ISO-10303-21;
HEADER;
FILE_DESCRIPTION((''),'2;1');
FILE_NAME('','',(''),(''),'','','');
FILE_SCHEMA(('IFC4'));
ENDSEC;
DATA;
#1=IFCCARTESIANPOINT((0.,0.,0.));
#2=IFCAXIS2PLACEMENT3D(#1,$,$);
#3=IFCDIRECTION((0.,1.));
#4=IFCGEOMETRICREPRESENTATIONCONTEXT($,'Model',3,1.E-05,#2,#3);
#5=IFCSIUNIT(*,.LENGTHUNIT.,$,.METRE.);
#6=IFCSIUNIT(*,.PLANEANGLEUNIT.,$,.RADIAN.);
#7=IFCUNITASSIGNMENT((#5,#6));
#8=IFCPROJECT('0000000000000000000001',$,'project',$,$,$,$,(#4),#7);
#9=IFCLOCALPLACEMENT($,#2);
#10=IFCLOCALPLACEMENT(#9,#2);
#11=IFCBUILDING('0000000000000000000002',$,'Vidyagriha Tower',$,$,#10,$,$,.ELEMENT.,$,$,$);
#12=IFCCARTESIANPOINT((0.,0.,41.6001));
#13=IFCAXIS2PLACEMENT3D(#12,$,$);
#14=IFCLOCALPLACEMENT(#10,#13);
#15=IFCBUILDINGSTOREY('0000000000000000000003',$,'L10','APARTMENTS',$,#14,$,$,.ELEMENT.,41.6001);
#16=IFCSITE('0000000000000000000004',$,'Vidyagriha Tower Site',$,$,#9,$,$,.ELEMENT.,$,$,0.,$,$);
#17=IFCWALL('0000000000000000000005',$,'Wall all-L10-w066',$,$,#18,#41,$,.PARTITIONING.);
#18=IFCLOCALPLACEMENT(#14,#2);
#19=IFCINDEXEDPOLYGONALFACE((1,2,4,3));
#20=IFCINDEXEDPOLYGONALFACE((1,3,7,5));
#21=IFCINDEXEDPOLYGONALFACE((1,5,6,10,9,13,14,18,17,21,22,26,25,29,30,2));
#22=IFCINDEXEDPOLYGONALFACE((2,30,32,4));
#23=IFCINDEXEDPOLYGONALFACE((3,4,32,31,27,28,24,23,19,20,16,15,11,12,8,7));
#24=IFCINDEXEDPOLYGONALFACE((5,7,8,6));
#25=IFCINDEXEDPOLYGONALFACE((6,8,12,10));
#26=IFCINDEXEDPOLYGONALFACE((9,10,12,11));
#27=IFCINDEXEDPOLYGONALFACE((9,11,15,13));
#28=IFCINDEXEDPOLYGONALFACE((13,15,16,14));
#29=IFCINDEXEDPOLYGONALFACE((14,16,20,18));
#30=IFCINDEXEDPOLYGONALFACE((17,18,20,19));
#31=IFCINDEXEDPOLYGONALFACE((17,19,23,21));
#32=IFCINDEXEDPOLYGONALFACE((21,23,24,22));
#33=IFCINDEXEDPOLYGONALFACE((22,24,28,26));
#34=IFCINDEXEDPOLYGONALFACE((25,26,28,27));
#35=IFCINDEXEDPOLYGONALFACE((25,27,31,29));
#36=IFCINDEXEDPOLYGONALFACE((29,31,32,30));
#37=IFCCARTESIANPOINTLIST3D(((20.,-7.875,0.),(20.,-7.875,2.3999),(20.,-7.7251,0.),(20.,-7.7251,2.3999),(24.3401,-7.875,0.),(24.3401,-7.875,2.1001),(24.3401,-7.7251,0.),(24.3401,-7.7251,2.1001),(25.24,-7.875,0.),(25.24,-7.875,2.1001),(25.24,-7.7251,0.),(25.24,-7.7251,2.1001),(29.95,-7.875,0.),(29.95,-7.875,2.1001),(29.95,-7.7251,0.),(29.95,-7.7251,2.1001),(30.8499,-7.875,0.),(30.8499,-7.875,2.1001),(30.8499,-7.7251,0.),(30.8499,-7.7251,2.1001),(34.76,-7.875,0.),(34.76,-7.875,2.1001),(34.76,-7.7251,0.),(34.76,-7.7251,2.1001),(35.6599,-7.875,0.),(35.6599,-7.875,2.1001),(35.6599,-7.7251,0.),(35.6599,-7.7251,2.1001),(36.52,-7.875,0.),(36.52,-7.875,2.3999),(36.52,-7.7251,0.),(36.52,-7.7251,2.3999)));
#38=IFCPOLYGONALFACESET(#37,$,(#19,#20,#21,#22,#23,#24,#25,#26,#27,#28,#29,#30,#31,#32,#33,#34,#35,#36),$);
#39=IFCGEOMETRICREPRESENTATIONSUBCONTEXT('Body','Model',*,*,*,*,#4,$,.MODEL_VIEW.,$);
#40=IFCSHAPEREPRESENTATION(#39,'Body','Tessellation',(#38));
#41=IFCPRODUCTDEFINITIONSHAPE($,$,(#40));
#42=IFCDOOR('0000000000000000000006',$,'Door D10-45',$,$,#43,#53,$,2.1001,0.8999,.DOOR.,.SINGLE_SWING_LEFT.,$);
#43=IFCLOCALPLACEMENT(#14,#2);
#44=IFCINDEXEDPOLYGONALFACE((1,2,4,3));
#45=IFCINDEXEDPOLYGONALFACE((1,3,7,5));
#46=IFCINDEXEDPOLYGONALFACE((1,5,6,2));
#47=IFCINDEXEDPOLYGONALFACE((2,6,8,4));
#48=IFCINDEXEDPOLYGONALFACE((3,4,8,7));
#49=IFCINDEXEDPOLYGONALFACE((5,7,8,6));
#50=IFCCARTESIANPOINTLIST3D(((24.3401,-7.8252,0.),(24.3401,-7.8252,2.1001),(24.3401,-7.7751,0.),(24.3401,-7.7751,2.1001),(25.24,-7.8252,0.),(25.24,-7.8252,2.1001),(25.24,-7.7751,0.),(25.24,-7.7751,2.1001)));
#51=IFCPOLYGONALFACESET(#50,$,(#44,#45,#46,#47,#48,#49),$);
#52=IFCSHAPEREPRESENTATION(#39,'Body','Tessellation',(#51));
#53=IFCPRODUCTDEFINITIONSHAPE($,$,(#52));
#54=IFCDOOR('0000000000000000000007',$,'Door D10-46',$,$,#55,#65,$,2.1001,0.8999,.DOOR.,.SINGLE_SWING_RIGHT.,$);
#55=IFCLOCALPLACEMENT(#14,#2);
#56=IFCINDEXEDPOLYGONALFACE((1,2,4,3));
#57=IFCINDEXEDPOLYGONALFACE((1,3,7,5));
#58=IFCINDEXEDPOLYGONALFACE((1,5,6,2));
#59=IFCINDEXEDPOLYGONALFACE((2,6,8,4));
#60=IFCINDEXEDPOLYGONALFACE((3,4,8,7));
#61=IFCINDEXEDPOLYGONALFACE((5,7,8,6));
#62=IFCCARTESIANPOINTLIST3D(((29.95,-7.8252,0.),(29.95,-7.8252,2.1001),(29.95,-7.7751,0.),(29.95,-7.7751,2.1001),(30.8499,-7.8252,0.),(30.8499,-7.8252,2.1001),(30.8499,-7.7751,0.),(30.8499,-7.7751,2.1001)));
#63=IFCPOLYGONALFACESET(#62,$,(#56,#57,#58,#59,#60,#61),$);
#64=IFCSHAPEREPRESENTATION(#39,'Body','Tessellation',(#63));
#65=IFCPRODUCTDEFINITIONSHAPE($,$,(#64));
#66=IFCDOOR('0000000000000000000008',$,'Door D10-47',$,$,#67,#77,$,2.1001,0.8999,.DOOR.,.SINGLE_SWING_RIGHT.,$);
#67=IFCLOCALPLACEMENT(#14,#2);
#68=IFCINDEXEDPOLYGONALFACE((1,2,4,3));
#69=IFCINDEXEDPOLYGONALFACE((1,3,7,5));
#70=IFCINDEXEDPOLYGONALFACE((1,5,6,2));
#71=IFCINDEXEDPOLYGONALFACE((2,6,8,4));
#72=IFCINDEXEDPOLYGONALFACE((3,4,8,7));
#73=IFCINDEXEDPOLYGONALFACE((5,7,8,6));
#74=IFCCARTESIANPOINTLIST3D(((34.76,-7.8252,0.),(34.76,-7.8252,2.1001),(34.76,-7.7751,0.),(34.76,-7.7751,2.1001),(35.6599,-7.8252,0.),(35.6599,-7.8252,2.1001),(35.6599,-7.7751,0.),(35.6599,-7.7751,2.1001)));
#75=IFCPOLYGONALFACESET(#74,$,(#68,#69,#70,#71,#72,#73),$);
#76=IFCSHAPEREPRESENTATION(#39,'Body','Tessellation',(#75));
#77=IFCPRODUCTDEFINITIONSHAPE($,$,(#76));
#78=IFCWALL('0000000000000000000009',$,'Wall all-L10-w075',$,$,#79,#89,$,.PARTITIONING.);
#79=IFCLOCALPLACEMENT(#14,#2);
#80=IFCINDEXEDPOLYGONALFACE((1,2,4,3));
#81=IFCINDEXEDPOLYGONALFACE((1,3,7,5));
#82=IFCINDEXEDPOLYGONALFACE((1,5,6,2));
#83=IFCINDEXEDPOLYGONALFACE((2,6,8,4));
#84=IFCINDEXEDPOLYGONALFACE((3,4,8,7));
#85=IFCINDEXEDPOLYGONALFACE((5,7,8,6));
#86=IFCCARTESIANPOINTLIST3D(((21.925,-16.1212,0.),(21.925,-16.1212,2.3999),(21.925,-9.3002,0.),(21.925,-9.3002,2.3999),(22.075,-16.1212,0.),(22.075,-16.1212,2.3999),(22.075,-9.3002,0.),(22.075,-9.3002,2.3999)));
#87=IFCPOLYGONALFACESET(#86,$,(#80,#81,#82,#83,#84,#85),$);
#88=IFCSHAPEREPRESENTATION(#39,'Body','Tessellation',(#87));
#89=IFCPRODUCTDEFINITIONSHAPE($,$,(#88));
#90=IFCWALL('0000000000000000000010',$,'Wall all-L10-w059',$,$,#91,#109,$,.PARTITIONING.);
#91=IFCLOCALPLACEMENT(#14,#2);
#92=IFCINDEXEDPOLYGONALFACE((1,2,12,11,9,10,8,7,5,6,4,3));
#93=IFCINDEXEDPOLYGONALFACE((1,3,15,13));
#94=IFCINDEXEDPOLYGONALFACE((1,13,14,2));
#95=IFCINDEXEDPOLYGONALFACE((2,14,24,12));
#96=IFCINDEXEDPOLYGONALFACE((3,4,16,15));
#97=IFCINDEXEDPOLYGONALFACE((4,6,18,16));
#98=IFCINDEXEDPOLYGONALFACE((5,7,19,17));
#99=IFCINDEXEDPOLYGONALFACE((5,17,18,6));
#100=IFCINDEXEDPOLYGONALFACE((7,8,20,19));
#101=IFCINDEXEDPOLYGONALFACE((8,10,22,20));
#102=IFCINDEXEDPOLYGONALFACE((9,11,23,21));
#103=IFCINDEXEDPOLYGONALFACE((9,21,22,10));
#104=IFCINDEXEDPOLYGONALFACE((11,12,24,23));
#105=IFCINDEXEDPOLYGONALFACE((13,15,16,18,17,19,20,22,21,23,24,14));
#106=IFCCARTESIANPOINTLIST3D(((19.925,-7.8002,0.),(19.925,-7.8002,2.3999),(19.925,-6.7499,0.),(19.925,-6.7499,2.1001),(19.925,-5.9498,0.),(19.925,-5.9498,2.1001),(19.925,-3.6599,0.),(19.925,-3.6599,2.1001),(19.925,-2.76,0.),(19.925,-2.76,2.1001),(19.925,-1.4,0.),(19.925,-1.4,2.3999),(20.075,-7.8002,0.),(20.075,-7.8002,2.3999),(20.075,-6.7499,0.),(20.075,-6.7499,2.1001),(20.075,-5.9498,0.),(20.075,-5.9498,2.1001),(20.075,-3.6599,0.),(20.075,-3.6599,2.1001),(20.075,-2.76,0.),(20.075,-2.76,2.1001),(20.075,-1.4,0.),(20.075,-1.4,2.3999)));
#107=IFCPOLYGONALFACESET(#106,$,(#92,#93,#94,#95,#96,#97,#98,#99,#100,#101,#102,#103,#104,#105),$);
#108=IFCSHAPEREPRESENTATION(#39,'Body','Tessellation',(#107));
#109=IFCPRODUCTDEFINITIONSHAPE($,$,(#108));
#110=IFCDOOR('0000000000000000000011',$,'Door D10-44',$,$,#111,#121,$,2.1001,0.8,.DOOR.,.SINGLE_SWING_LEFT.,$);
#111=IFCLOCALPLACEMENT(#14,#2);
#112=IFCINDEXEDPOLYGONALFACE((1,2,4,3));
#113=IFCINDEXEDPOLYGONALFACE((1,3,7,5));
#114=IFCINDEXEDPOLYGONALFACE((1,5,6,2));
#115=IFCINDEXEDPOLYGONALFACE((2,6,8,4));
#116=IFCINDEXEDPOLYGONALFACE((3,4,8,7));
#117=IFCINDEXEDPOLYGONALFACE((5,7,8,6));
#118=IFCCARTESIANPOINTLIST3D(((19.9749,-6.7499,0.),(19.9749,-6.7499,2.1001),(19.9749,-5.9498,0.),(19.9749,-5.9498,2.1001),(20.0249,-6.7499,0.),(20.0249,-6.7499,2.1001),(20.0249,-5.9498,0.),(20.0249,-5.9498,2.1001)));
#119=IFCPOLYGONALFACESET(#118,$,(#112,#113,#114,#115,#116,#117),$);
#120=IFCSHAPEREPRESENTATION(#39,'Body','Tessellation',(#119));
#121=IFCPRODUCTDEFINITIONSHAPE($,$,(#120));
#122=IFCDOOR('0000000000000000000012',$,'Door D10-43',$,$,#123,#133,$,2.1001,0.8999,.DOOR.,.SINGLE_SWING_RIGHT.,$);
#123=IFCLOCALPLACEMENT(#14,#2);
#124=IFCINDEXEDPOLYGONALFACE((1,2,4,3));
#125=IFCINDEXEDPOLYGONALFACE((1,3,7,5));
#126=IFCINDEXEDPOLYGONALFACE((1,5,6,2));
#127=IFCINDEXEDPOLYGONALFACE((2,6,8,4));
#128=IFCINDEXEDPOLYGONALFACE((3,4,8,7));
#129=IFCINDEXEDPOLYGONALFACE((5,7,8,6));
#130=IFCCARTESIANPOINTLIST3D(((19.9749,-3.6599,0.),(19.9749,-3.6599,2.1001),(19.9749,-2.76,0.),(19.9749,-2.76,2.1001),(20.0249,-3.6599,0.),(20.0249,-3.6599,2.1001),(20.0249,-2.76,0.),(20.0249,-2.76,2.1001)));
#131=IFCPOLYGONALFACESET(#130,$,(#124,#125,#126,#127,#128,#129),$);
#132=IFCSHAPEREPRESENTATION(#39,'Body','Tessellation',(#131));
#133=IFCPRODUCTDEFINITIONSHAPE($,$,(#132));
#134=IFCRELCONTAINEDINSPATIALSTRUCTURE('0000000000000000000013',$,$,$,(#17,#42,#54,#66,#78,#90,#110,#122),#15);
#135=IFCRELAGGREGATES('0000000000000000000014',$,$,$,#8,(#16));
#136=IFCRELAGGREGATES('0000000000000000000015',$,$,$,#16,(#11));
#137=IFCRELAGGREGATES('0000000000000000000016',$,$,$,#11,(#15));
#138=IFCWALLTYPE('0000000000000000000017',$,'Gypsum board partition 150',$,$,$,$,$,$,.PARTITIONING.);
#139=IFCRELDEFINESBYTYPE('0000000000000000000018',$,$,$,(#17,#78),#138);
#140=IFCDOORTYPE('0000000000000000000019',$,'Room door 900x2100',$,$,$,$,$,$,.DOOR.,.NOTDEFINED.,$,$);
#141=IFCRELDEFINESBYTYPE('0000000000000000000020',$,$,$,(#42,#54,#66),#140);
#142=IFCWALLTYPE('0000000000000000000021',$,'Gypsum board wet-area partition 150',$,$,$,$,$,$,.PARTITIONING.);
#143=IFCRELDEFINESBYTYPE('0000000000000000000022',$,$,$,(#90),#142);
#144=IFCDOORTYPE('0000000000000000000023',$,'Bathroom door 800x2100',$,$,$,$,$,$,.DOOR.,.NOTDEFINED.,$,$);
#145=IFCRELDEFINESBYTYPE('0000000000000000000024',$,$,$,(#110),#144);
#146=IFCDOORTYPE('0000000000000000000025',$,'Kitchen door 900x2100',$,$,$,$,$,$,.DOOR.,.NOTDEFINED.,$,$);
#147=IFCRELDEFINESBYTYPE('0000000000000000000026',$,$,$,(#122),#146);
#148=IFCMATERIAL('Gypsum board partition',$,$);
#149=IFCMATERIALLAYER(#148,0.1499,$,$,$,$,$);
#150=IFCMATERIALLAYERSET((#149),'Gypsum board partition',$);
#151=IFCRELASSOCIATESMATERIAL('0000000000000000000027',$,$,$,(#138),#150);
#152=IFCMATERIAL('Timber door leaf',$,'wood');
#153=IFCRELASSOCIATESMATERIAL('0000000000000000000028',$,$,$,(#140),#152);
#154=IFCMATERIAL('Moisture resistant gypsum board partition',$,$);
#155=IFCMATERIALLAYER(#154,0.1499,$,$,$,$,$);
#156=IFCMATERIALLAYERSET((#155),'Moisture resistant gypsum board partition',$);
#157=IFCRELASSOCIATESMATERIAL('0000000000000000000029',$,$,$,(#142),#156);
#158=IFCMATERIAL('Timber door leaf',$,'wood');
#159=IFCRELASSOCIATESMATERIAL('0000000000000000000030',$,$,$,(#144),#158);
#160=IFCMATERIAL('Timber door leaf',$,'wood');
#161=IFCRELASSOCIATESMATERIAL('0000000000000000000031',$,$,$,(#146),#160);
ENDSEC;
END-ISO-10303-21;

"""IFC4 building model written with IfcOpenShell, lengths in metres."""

from ifc_helpers import new_model, si_unit, direction, frame, frame_2d, origin, place, context, subcontext, project, spatial, rectangle, extrude, material, layer, layer_set, type_object, element, fill, save


model = new_model("IFC4")

# Units and contexts
model_context = context("Model", 3, precision=1e-05, world=origin(), true_north=direction((0.0, 1.0)))
body_context = subcontext(model_context, "Body", "Model", "MODEL_VIEW")
ifc_project = project(units=[si_unit("LENGTHUNIT", "METRE"), si_unit("PLANEANGLEUNIT", "RADIAN")], contexts=[model_context])

# Site, building, storey
site_placement = place(None, origin())
site = spatial("IfcSite", under=ifc_project, at=site_placement, Name="Vidyagriha Tower Site", CompositionType="ELEMENT", RefElevation=0.0)
building_placement = place(site_placement, origin())
building = spatial("IfcBuilding", under=site, at=building_placement, Name="Vidyagriha Tower", CompositionType="ELEMENT")
storey_placement = place(building_placement, frame((0.0, 0.0, 41.6001)))
storey = spatial("IfcBuildingStorey", under=building, at=storey_placement, Name="L10", Description="APARTMENTS", CompositionType="ELEMENT", Elevation=41.6001)

# Shared definitions
ifc_material_1 = material(Name="Gypsum board partition")
ifc_layer_1 = layer(ifc_material_1, 0.1499)
ifc_layer_set_1 = layer_set([ifc_layer_1], Name="Gypsum board partition")
wall_type_1 = type_object("IfcWallType", Name="Gypsum board partition 150", PredefinedType="PARTITIONING", material=ifc_layer_set_1)

# Shared definitions
ifc_material_2 = material(Name="Timber door leaf", Category="wood")
door_type_1 = type_object("IfcDoorType", Name="Room door 900x2100", OperationType="NOTDEFINED", PredefinedType="DOOR", material=ifc_material_2)

# Wall, openings, doors
wall_1_placement = place(storey_placement, frame((20.0, -7.8, 0.0)))
wall_1 = element("IfcWall", 1, at=wall_1_placement, inside=storey, type_object=wall_type_1, Name="Wall all-L10-w066", PredefinedType="PARTITIONING", context=body_context, shape_type="SweptSolid", body=[
    extrude(rectangle(XDim=16.52, YDim=0.1499, at=frame_2d((8.26, 0.0))), origin(), (0.0, 0.0, 1.0), 2.3999),
])
opening_1_placement = place(wall_1_placement, frame((4.3401, 0.0, 0.0)))
opening_1 = element("IfcOpeningElement", 2, at=opening_1_placement, cuts=wall_1, PredefinedType="OPENING", context=body_context, shape_type="SweptSolid", body=[
    extrude(rectangle(XDim=0.8999, YDim=2.1001, at=frame_2d((0.45, 1.05))), frame((0.0, 0.085, 0.0), z_axis=(0.0, -1.0, 0.0), x_axis=(1.0, 0.0, 0.0)), (0.0, 0.0, 1.0), 0.1699),
])
opening_2_placement = place(wall_1_placement, frame((9.95, 0.0, 0.0)))
opening_2 = element("IfcOpeningElement", 3, at=opening_2_placement, cuts=wall_1, PredefinedType="OPENING", context=body_context, shape_type="SweptSolid", body=[
    extrude(rectangle(XDim=0.8999, YDim=2.1001, at=frame_2d((0.45, 1.05))), frame((0.0, 0.085, 0.0), z_axis=(0.0, -1.0, 0.0), x_axis=(1.0, 0.0, 0.0)), (0.0, 0.0, 1.0), 0.1699),
])
opening_3_placement = place(wall_1_placement, frame((14.76, 0.0, 0.0)))
opening_3 = element("IfcOpeningElement", 4, at=opening_3_placement, cuts=wall_1, PredefinedType="OPENING", context=body_context, shape_type="SweptSolid", body=[
    extrude(rectangle(XDim=0.8999, YDim=2.1001, at=frame_2d((0.45, 1.05))), frame((0.0, 0.085, 0.0), z_axis=(0.0, -1.0, 0.0), x_axis=(1.0, 0.0, 0.0)), (0.0, 0.0, 1.0), 0.1699),
])
door_1_placement = place(opening_1_placement, origin())
door_1 = element("IfcDoor", 5, at=door_1_placement, inside=storey, type_object=door_type_1, Name="Door D10-45", OperationType="SINGLE_SWING_LEFT", OverallHeight=2.1001, OverallWidth=0.8999, PredefinedType="DOOR", context=body_context, shape_type="SweptSolid", body=[
    extrude(rectangle(XDim=0.8999, YDim=2.1001, at=frame_2d((0.45, 1.05))), frame((0.0, 0.0249, 0.0), z_axis=(0.0, -1.0, 0.0), x_axis=(1.0, 0.0, 0.0)), (0.0, 0.0, 1.0), 0.05),
])
fill(opening_1, door_1)
door_2_placement = place(opening_2_placement, origin())
door_2 = element("IfcDoor", 6, at=door_2_placement, inside=storey, type_object=door_type_1, Name="Door D10-46", OperationType="SINGLE_SWING_RIGHT", OverallHeight=2.1001, OverallWidth=0.8999, PredefinedType="DOOR", context=body_context, shape_type="SweptSolid", body=[
    extrude(rectangle(XDim=0.8999, YDim=2.1001, at=frame_2d((0.45, 1.05))), frame((0.0, 0.0249, 0.0), z_axis=(0.0, -1.0, 0.0), x_axis=(1.0, 0.0, 0.0)), (0.0, 0.0, 1.0), 0.05),
])
fill(opening_2, door_2)
door_3_placement = place(opening_3_placement, origin())
door_3 = element("IfcDoor", 7, at=door_3_placement, inside=storey, type_object=door_type_1, Name="Door D10-47", OperationType="SINGLE_SWING_RIGHT", OverallHeight=2.1001, OverallWidth=0.8999, PredefinedType="DOOR", context=body_context, shape_type="SweptSolid", body=[
    extrude(rectangle(XDim=0.8999, YDim=2.1001, at=frame_2d((0.45, 1.05))), frame((0.0, 0.0249, 0.0), z_axis=(0.0, -1.0, 0.0), x_axis=(1.0, 0.0, 0.0)), (0.0, 0.0, 1.0), 0.05),
])
fill(opening_3, door_3)

# Wall
wall_2_placement = place(storey_placement, frame((22.0, -9.3, 0.0), z_axis=(0.0, 0.0, 1.0), x_axis=(0.0, -1.0, 0.0)))
element("IfcWall", 8, at=wall_2_placement, inside=storey, type_object=wall_type_1, Name="Wall all-L10-w075", PredefinedType="PARTITIONING", context=body_context, shape_type="SweptSolid", body=[
    extrude(rectangle(XDim=6.821, YDim=0.1499, at=frame_2d((3.4106, 0.0))), origin(), (0.0, 0.0, 1.0), 2.3999),
])

# Wall, openings, doors
ifc_material_3 = material(Name="Moisture resistant gypsum board partition")
ifc_layer_2 = layer(ifc_material_3, 0.1499)
ifc_layer_set_2 = layer_set([ifc_layer_2], Name="Moisture resistant gypsum board partition")
wall_type_2 = type_object("IfcWallType", Name="Gypsum board wet-area partition 150", PredefinedType="PARTITIONING", material=ifc_layer_set_2)
wall_3_placement = place(storey_placement, frame((20.0, -1.3999, 0.0), z_axis=(0.0, 0.0, 1.0), x_axis=(0.0, -1.0, 0.0)))
wall_3 = element("IfcWall", 9, at=wall_3_placement, inside=storey, type_object=wall_type_2, Name="Wall all-L10-w059", PredefinedType="PARTITIONING", context=body_context, shape_type="SweptSolid", body=[
    extrude(rectangle(XDim=6.4001, YDim=0.1499, at=frame_2d((3.2002, 0.0))), origin(), (0.0, 0.0, 1.0), 2.3999),
])
opening_4_placement = place(wall_3_placement, frame((1.3601, 0.0, 0.0)))
opening_4 = element("IfcOpeningElement", 10, at=opening_4_placement, cuts=wall_3, PredefinedType="OPENING", context=body_context, shape_type="SweptSolid", body=[
    extrude(rectangle(XDim=0.8999, YDim=2.1001, at=frame_2d((0.45, 1.05))), frame((0.0, 0.085, 0.0), z_axis=(0.0, -1.0, 0.0), x_axis=(1.0, 0.0, 0.0)), (0.0, 0.0, 1.0), 0.1699),
])
opening_5_placement = place(wall_3_placement, frame((4.55, 0.0, 0.0)))
opening_5 = element("IfcOpeningElement", 11, at=opening_5_placement, cuts=wall_3, PredefinedType="OPENING", context=body_context, shape_type="SweptSolid", body=[
    extrude(rectangle(XDim=0.8, YDim=2.1001, at=frame_2d((0.3999, 1.05))), frame((0.0, 0.085, 0.0), z_axis=(0.0, -1.0, 0.0), x_axis=(1.0, 0.0, 0.0)), (0.0, 0.0, 1.0), 0.1699),
])
ifc_material_4 = material(Name="Timber door leaf", Category="wood")
door_type_2 = type_object("IfcDoorType", Name="Bathroom door 800x2100", OperationType="NOTDEFINED", PredefinedType="DOOR", material=ifc_material_4)
door_4_placement = place(opening_5_placement, origin())
door_4 = element("IfcDoor", 12, at=door_4_placement, inside=storey, type_object=door_type_2, Name="Door D10-44", OperationType="SINGLE_SWING_LEFT", OverallHeight=2.1001, OverallWidth=0.8, PredefinedType="DOOR", context=body_context, shape_type="SweptSolid", body=[
    extrude(rectangle(XDim=0.8, YDim=2.1001, at=frame_2d((0.3999, 1.05))), frame((0.0, 0.0249, 0.0), z_axis=(0.0, -1.0, 0.0), x_axis=(1.0, 0.0, 0.0)), (0.0, 0.0, 1.0), 0.05),
])
fill(opening_5, door_4)
ifc_material_5 = material(Name="Timber door leaf", Category="wood")
door_type_3 = type_object("IfcDoorType", Name="Kitchen door 900x2100", OperationType="NOTDEFINED", PredefinedType="DOOR", material=ifc_material_5)
door_5_placement = place(opening_4_placement, origin())
door_5 = element("IfcDoor", 13, at=door_5_placement, inside=storey, type_object=door_type_3, Name="Door D10-43", OperationType="SINGLE_SWING_RIGHT", OverallHeight=2.1001, OverallWidth=0.8999, PredefinedType="DOOR", context=body_context, shape_type="SweptSolid", body=[
    extrude(rectangle(XDim=0.8999, YDim=2.1001, at=frame_2d((0.45, 1.05))), frame((0.0, 0.0249, 0.0), z_axis=(0.0, -1.0, 0.0), x_axis=(1.0, 0.0, 0.0)), (0.0, 0.0, 1.0), 0.05),
])
fill(opening_4, door_5)

save(model, "model.ifc")
